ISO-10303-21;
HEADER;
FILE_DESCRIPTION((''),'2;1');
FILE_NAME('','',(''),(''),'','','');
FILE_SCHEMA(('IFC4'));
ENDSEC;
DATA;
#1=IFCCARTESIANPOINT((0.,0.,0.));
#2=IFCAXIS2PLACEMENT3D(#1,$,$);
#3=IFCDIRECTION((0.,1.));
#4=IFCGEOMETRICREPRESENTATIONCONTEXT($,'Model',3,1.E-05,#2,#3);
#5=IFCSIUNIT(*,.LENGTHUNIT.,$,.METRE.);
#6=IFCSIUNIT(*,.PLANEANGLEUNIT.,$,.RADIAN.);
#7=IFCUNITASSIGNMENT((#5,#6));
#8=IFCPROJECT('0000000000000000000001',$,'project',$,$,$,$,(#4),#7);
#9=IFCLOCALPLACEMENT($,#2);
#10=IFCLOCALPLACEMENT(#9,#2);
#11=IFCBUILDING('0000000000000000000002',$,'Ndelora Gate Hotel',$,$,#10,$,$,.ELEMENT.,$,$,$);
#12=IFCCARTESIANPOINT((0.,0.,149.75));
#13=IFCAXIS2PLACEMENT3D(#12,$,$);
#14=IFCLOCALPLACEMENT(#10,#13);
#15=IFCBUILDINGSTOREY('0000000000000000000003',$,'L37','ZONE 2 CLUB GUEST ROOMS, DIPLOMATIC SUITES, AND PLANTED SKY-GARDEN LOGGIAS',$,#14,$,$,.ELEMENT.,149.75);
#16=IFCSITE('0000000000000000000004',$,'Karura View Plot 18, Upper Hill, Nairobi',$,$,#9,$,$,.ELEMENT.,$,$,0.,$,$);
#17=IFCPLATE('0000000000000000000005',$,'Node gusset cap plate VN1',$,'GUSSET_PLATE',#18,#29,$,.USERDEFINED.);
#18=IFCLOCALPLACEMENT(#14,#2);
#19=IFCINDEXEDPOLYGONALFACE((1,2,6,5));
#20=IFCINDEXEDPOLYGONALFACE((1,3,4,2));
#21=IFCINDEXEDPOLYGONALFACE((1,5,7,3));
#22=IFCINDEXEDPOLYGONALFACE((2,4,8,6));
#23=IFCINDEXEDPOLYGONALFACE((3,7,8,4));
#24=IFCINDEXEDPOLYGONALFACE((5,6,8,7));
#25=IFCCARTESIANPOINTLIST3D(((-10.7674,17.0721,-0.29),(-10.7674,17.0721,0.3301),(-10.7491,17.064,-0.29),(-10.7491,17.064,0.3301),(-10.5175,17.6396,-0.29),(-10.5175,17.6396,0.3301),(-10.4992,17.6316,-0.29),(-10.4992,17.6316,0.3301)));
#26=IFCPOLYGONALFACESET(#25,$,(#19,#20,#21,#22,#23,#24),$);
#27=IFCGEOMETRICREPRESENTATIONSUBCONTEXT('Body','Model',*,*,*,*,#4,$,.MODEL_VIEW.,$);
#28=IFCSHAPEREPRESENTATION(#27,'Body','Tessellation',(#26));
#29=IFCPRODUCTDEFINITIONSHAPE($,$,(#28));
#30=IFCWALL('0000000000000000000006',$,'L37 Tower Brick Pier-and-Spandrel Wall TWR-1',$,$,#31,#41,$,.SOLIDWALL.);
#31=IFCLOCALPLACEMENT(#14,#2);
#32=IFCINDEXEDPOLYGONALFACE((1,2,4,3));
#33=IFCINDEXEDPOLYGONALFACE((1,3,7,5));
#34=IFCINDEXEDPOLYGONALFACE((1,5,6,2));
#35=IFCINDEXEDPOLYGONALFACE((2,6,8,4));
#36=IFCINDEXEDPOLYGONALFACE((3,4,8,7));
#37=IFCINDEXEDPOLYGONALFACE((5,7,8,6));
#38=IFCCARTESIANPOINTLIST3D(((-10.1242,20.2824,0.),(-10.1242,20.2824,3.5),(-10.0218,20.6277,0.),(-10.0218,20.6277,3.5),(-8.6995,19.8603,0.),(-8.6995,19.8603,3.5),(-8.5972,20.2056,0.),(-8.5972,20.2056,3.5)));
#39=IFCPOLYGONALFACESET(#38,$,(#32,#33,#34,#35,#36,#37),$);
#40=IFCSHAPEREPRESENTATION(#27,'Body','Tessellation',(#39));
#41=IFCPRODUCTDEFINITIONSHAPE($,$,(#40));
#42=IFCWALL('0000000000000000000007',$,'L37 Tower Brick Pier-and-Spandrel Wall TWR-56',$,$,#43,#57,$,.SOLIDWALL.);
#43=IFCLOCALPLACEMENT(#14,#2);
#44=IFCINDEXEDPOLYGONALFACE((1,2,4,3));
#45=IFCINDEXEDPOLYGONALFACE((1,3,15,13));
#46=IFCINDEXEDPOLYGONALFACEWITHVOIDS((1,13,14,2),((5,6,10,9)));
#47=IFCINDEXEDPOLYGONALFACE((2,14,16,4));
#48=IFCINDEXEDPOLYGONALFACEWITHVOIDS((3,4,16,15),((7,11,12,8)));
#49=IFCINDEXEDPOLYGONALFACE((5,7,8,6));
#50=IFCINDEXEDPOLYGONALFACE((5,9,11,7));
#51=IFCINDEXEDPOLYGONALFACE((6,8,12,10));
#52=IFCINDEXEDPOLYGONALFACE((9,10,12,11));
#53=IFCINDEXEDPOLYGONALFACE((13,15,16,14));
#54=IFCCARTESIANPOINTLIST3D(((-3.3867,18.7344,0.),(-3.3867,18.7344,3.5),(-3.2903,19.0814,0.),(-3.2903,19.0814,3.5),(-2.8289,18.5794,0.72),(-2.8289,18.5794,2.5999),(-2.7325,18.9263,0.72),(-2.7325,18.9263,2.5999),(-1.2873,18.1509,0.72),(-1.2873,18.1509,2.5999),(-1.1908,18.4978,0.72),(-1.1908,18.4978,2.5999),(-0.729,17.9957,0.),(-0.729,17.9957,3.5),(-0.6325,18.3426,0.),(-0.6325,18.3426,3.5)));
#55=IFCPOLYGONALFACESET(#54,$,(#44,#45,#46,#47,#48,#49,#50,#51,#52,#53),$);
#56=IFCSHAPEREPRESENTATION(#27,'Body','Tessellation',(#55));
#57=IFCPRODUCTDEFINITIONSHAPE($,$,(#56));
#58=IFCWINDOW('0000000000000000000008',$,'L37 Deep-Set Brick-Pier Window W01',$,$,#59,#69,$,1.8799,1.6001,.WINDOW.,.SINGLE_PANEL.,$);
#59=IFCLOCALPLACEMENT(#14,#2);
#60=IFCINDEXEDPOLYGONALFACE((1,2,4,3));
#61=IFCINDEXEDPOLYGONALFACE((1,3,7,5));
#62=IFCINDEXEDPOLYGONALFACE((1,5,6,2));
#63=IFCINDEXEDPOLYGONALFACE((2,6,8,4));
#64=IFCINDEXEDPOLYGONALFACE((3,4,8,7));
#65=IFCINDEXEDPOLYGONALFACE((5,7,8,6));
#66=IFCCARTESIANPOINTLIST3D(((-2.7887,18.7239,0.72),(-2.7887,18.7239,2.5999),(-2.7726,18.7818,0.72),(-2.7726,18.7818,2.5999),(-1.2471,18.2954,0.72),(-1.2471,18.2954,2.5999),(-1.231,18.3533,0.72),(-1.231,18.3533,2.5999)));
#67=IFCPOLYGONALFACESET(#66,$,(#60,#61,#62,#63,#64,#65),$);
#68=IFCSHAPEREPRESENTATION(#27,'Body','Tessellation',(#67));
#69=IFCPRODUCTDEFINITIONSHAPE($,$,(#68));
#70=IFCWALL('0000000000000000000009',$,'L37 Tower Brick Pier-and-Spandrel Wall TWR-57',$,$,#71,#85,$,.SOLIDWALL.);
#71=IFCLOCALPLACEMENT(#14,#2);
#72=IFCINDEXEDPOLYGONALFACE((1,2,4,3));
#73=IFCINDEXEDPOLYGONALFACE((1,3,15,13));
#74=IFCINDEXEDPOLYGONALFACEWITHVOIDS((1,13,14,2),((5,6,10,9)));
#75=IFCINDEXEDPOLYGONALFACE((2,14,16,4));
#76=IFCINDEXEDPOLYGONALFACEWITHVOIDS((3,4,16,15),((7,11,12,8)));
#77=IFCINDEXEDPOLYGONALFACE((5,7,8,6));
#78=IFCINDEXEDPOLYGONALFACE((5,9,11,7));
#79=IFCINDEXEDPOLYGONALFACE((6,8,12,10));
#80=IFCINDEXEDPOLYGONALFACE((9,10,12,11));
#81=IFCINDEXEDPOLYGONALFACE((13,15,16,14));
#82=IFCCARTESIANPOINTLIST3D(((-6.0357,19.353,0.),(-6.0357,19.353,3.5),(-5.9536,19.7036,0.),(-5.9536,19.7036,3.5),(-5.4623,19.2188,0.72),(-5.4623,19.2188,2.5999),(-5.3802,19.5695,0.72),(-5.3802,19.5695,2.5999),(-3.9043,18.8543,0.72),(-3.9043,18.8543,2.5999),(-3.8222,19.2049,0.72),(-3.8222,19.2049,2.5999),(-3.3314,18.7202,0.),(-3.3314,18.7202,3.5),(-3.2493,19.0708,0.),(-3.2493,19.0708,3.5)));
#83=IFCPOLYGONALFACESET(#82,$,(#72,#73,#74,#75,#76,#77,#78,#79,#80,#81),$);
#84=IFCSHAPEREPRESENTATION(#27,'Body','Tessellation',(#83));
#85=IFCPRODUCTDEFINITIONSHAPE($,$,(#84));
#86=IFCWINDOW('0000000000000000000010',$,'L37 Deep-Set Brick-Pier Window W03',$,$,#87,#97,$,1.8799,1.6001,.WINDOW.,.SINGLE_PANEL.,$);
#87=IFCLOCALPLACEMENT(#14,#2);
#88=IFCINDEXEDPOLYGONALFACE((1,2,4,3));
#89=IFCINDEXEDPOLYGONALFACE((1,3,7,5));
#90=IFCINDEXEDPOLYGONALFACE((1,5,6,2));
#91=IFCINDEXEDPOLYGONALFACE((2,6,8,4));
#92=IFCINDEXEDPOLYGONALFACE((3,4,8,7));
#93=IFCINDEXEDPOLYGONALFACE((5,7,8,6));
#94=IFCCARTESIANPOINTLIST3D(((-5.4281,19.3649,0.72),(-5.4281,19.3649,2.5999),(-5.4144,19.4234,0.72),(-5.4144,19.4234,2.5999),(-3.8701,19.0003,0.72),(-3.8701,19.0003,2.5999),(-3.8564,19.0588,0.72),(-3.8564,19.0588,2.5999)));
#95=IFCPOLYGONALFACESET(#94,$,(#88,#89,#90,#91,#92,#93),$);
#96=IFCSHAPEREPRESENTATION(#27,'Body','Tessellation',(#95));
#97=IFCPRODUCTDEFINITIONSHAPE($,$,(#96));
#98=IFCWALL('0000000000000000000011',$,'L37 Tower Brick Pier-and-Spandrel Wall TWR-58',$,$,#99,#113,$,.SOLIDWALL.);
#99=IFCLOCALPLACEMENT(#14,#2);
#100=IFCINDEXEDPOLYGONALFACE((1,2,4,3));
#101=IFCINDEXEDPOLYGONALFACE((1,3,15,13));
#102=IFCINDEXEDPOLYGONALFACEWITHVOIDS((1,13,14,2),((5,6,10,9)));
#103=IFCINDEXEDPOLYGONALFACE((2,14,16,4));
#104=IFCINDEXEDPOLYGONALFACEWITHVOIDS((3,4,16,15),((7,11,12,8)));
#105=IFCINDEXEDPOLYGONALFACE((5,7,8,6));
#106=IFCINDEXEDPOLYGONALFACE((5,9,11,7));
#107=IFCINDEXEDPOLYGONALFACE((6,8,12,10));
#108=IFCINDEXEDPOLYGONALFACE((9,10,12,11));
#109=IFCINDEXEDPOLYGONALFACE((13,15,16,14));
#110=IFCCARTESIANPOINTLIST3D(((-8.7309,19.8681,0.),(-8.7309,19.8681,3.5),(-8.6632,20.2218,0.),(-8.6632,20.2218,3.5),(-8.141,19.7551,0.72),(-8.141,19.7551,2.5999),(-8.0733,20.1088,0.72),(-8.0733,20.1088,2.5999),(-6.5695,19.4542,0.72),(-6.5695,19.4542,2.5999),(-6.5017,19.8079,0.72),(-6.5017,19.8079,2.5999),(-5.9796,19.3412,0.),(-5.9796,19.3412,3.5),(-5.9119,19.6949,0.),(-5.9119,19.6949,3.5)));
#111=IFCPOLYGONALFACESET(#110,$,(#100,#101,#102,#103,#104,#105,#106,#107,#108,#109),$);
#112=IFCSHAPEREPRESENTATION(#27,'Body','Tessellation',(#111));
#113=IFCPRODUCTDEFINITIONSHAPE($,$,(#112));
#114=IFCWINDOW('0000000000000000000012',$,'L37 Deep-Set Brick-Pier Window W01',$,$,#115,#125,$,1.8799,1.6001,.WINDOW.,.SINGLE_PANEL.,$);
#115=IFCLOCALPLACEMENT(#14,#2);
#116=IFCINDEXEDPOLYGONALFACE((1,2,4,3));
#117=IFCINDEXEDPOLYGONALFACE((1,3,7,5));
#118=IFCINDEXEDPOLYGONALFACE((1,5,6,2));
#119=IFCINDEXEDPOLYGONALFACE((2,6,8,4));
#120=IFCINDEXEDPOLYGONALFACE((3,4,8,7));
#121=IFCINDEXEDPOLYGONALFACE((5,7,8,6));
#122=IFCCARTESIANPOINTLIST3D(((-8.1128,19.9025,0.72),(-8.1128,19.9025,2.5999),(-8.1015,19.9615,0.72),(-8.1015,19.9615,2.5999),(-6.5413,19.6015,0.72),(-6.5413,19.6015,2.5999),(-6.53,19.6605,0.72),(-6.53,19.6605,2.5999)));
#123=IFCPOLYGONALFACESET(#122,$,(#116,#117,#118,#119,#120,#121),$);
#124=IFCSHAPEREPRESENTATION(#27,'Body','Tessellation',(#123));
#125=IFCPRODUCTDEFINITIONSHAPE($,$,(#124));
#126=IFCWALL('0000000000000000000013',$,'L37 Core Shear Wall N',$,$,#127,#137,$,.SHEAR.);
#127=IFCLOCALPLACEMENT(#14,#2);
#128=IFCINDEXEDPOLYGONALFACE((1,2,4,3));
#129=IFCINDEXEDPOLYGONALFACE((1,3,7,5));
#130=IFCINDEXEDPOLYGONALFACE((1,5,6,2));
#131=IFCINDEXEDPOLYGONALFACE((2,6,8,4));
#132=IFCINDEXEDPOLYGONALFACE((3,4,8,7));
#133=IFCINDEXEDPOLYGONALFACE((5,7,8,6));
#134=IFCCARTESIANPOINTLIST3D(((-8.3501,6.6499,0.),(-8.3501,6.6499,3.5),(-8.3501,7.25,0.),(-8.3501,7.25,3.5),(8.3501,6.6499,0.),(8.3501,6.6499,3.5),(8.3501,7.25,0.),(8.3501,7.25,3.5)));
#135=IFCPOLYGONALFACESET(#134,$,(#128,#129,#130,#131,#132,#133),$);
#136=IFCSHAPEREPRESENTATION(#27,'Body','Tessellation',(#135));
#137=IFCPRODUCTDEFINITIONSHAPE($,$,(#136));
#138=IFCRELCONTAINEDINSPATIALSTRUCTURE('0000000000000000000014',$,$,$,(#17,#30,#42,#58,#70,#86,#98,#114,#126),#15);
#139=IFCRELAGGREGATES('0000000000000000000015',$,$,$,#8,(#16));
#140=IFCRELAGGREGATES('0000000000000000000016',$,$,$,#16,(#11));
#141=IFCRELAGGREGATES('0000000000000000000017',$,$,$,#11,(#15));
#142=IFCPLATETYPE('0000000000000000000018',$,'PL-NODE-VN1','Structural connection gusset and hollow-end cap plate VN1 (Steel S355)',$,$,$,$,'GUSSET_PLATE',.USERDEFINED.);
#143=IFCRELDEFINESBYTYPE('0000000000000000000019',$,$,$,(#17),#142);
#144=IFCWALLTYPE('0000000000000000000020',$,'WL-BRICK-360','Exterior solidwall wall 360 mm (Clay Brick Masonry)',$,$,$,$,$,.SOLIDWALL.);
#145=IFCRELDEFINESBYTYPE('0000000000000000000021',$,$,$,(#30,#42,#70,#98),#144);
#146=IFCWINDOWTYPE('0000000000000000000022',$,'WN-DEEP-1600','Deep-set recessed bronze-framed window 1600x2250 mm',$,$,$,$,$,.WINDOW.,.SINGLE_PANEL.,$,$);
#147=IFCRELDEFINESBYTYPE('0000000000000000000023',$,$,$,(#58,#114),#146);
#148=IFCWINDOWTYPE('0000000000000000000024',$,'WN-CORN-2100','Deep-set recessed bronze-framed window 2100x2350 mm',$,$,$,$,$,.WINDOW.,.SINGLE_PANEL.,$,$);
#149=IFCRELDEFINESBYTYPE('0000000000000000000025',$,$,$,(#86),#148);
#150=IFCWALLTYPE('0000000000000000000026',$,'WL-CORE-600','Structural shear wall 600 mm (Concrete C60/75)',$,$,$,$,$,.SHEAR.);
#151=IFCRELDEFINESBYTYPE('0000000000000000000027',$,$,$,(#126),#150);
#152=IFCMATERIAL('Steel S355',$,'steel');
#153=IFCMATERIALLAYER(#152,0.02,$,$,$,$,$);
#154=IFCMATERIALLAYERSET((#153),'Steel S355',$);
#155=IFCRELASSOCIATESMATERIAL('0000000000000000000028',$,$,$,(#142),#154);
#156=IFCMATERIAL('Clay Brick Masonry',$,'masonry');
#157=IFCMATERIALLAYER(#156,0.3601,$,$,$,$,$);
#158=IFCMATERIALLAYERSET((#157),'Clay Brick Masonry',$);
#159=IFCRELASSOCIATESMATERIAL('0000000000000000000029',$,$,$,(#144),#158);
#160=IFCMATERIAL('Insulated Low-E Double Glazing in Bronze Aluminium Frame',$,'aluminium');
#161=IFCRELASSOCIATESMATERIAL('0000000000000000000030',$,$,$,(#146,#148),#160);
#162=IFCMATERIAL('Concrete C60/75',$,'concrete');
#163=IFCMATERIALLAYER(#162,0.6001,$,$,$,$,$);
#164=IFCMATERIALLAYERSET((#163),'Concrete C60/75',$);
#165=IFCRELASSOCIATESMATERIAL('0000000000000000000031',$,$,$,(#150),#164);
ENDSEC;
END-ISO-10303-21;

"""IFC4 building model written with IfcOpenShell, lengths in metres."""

from ifc_helpers import new_model, si_unit, direction, frame, frame_2d, origin, origin_2d, place, context, subcontext, project, spatial, rectangle, extrude, material, layer, layer_set, type_object, element, fill, save


model = new_model("IFC4")

# Units and contexts
model_context = context("Model", 3, precision=1e-05, world=origin(), true_north=direction((0.0, 1.0)))
body_context = subcontext(model_context, "Body", "Model", "MODEL_VIEW")
ifc_project = project(units=[si_unit("LENGTHUNIT", "METRE"), si_unit("PLANEANGLEUNIT", "RADIAN")], contexts=[model_context])

# Site, building, storey
site_placement = place(None, origin())
site = spatial("IfcSite", under=ifc_project, at=site_placement, Name="Karura View Plot 18, Upper Hill, Nairobi", CompositionType="ELEMENT", RefElevation=0.0)
building_placement = place(site_placement, origin())
building = spatial("IfcBuilding", under=site, at=building_placement, Name="Ndelora Gate Hotel", CompositionType="ELEMENT")
storey_placement = place(building_placement, frame((0.0, 0.0, 149.75)))
storey = spatial("IfcBuildingStorey", under=building, at=storey_placement, Name="L37", Description="ZONE 2 CLUB GUEST ROOMS, DIPLOMATIC SUITES, AND PLANTED SKY-GARDEN LOGGIAS", CompositionType="ELEMENT", Elevation=149.75)

# Shared definitions
ifc_material_1 = material(Name="Concrete C60/75", Category="concrete")

# Shared definitions
ifc_material_2 = material(Name="Steel S355", Category="steel")

# Plate
ifc_layer_1 = layer(ifc_material_2, 0.02)
ifc_layer_set_1 = layer_set([ifc_layer_1], Name="Steel S355")
plate_type = type_object("IfcPlateType", Name="PL-NODE-VN1", Description="Structural connection gusset and hollow-end cap plate VN1 (Steel S355)", ElementType="GUSSET_PLATE", PredefinedType="USERDEFINED", material=ifc_layer_set_1)
plate_placement = place(storey_placement, frame((-10.6333, 17.3518, -0.29), z_axis=(0.0, 0.0, 1.0), x_axis=(0.402906, 0.915241, 0.0)))
element("IfcPlate", 1, at=plate_placement, inside=storey, type_object=plate_type, Name="Node gusset cap plate VN1", ObjectType="GUSSET_PLATE", PredefinedType="USERDEFINED", context=body_context, shape_type="SweptSolid", body=[
    extrude(rectangle(XDim=0.6201, YDim=0.02, at=origin_2d()), origin(), (0.0, 0.0, 1.0), 0.6201),
])

# Wall
ifc_material_3 = material(Name="Clay Brick Masonry", Category="masonry")
ifc_layer_2 = layer(ifc_material_3, 0.3601)
ifc_layer_set_2 = layer_set([ifc_layer_2], Name="Clay Brick Masonry")
wall_type_1 = type_object("IfcWallType", Name="WL-BRICK-360", Description="Exterior solidwall wall 360 mm (Clay Brick Masonry)", PredefinedType="SOLIDWALL", material=ifc_layer_set_2)
wall_1_placement = place(storey_placement, frame((-10.073, 20.4551, 0.0), z_axis=(0.0, 0.0, 1.0), x_axis=(0.958793, -0.284105, 0.0)))
element("IfcWall", 2, at=wall_1_placement, inside=storey, type_object=wall_type_1, Name="L37 Tower Brick Pier-and-Spandrel Wall TWR-1", PredefinedType="SOLIDWALL", context=body_context, shape_type="SweptSolid", body=[
    extrude(rectangle(XDim=1.4858, YDim=0.3601, at=frame_2d((0.7429, 0.0))), origin(), (0.0, 0.0, 1.0), 3.5),
])

# Walls, openings, windows
wall_2_placement = place(storey_placement, frame((-3.3386, 18.908, 0.0), z_axis=(0.0, 0.0, 1.0), x_axis=(0.96347, -0.267817, 0.0)))
wall_2 = element("IfcWall", 3, at=wall_2_placement, inside=storey, type_object=wall_type_1, Name="L37 Tower Brick Pier-and-Spandrel Wall TWR-56", PredefinedType="SOLIDWALL", context=body_context, shape_type="SweptSolid", body=[
    extrude(rectangle(XDim=2.7585, YDim=0.3601, at=frame_2d((1.3794, 0.0))), origin(), (0.0, 0.0, 1.0), 3.5),
])
opening_1_placement = place(wall_2_placement, frame((0.5791, 0.0, 0.72)))
opening_1 = element("IfcOpeningElement", 4, at=opening_1_placement, cuts=wall_2, PredefinedType="OPENING", context=body_context, shape_type="SweptSolid", body=[
    extrude(rectangle(XDim=1.6001, YDim=1.8799, at=frame_2d((0.8, 0.9399))), frame((0.0, 0.1899, 0.0), z_axis=(0.0, -1.0, 0.0), x_axis=(1.0, 0.0, 0.0)), (0.0, 0.0, 1.0), 0.3801),
])
ifc_material_4 = material(Name="Insulated Low-E Double Glazing in Bronze Aluminium Frame", Category="aluminium")
window_type_1 = type_object("IfcWindowType", Name="WN-DEEP-1600", Description="Deep-set recessed bronze-framed window 1600x2250 mm", PartitioningType="SINGLE_PANEL", PredefinedType="WINDOW", material=ifc_material_4)
window_1_placement = place(opening_1_placement, origin())
window_1 = element("IfcWindow", 5, at=window_1_placement, inside=storey, type_object=window_type_1, Name="L37 Deep-Set Brick-Pier Window W01", OverallHeight=1.8799, OverallWidth=1.6001, PartitioningType="SINGLE_PANEL", PredefinedType="WINDOW", context=body_context, shape_type="SweptSolid", body=[
    extrude(rectangle(XDim=1.6001, YDim=1.8799, at=frame_2d((0.8, 0.9399))), frame((0.0, 0.03, 0.0), z_axis=(0.0, -1.0, 0.0), x_axis=(1.0, 0.0, 0.0)), (0.0, 0.0, 1.0), 0.0601),
])
fill(opening_1, window_1)
wall_3_placement = place(storey_placement, frame((-5.9946, 19.5283, 0.0), z_axis=(0.0, 0.0, 1.0), x_axis=(0.973698, -0.227844, 0.0)))
wall_3 = element("IfcWall", 6, at=wall_3_placement, inside=storey, type_object=wall_type_1, Name="L37 Tower Brick Pier-and-Spandrel Wall TWR-57", PredefinedType="SOLIDWALL", context=body_context, shape_type="SweptSolid", body=[
    extrude(rectangle(XDim=2.7773, YDim=0.3601, at=frame_2d((1.3887, 0.0))), origin(), (0.0, 0.0, 1.0), 3.5),
])
opening_2_placement = place(wall_3_placement, frame((0.5889, 0.0, 0.72)))
opening_2 = element("IfcOpeningElement", 7, at=opening_2_placement, cuts=wall_3, PredefinedType="OPENING", context=body_context, shape_type="SweptSolid", body=[
    extrude(rectangle(XDim=1.6001, YDim=1.8799, at=frame_2d((0.8, 0.9399))), frame((0.0, 0.1899, 0.0), z_axis=(0.0, -1.0, 0.0), x_axis=(1.0, 0.0, 0.0)), (0.0, 0.0, 1.0), 0.3801),
])
window_type_2 = type_object("IfcWindowType", Name="WN-CORN-2100", Description="Deep-set recessed bronze-framed window 2100x2350 mm", PartitioningType="SINGLE_PANEL", PredefinedType="WINDOW", material=ifc_material_4)
window_2_placement = place(opening_2_placement, origin())
window_2 = element("IfcWindow", 8, at=window_2_placement, inside=storey, type_object=window_type_2, Name="L37 Deep-Set Brick-Pier Window W03", OverallHeight=1.8799, OverallWidth=1.6001, PartitioningType="SINGLE_PANEL", PredefinedType="WINDOW", context=body_context, shape_type="SweptSolid", body=[
    extrude(rectangle(XDim=1.6001, YDim=1.8799, at=frame_2d((0.8, 0.9399))), frame((0.0, 0.03, 0.0), z_axis=(0.0, -1.0, 0.0), x_axis=(1.0, 0.0, 0.0)), (0.0, 0.0, 1.0), 0.0601),
])
fill(opening_2, window_2)
wall_4_placement = place(storey_placement, frame((-8.697, 20.0449, 0.0), z_axis=(0.0, 0.0, 1.0), x_axis=(0.982153, -0.188081, 0.0)))
wall_4 = element("IfcWall", 9, at=wall_4_placement, inside=storey, type_object=wall_type_1, Name="L37 Tower Brick Pier-and-Spandrel Wall TWR-58", PredefinedType="SOLIDWALL", context=body_context, shape_type="SweptSolid", body=[
    extrude(rectangle(XDim=2.8013, YDim=0.3601, at=frame_2d((1.4006, 0.0))), origin(), (0.0, 0.0, 1.0), 3.5),
])
opening_3_placement = place(wall_4_placement, frame((0.6006, 0.0, 0.72)))
opening_3 = element("IfcOpeningElement", 10, at=opening_3_placement, cuts=wall_4, PredefinedType="OPENING", context=body_context, shape_type="SweptSolid", body=[
    extrude(rectangle(XDim=1.6001, YDim=1.8799, at=frame_2d((0.8, 0.9399))), frame((0.0, 0.1899, 0.0), z_axis=(0.0, -1.0, 0.0), x_axis=(1.0, 0.0, 0.0)), (0.0, 0.0, 1.0), 0.3801),
])
window_3_placement = place(opening_3_placement, origin())
window_3 = element("IfcWindow", 11, at=window_3_placement, inside=storey, type_object=window_type_1, Name="L37 Deep-Set Brick-Pier Window W01", OverallHeight=1.8799, OverallWidth=1.6001, PartitioningType="SINGLE_PANEL", PredefinedType="WINDOW", context=body_context, shape_type="SweptSolid", body=[
    extrude(rectangle(XDim=1.6001, YDim=1.8799, at=frame_2d((0.8, 0.9399))), frame((0.0, 0.03, 0.0), z_axis=(0.0, -1.0, 0.0), x_axis=(1.0, 0.0, 0.0)), (0.0, 0.0, 1.0), 0.0601),
])
fill(opening_3, window_3)

# Wall
ifc_layer_3 = layer(ifc_material_1, 0.6001)
ifc_layer_set_3 = layer_set([ifc_layer_3], Name="Concrete C60/75")
wall_type_2 = type_object("IfcWallType", Name="WL-CORE-600", Description="Structural shear wall 600 mm (Concrete C60/75)", PredefinedType="SHEAR", material=ifc_layer_set_3)
wall_5_placement = place(storey_placement, frame((-8.3501, 6.95, 0.0), z_axis=(0.0, 0.0, 1.0), x_axis=(1.0, 0.0, 0.0)))
element("IfcWall", 12, at=wall_5_placement, inside=storey, type_object=wall_type_2, Name="L37 Core Shear Wall N", PredefinedType="SHEAR", context=body_context, shape_type="SweptSolid", body=[
    extrude(rectangle(XDim=16.7002, YDim=0.6001, at=frame_2d((8.3501, 0.0))), origin(), (0.0, 0.0, 1.0), 3.5),
])

save(model, "model.ifc")
